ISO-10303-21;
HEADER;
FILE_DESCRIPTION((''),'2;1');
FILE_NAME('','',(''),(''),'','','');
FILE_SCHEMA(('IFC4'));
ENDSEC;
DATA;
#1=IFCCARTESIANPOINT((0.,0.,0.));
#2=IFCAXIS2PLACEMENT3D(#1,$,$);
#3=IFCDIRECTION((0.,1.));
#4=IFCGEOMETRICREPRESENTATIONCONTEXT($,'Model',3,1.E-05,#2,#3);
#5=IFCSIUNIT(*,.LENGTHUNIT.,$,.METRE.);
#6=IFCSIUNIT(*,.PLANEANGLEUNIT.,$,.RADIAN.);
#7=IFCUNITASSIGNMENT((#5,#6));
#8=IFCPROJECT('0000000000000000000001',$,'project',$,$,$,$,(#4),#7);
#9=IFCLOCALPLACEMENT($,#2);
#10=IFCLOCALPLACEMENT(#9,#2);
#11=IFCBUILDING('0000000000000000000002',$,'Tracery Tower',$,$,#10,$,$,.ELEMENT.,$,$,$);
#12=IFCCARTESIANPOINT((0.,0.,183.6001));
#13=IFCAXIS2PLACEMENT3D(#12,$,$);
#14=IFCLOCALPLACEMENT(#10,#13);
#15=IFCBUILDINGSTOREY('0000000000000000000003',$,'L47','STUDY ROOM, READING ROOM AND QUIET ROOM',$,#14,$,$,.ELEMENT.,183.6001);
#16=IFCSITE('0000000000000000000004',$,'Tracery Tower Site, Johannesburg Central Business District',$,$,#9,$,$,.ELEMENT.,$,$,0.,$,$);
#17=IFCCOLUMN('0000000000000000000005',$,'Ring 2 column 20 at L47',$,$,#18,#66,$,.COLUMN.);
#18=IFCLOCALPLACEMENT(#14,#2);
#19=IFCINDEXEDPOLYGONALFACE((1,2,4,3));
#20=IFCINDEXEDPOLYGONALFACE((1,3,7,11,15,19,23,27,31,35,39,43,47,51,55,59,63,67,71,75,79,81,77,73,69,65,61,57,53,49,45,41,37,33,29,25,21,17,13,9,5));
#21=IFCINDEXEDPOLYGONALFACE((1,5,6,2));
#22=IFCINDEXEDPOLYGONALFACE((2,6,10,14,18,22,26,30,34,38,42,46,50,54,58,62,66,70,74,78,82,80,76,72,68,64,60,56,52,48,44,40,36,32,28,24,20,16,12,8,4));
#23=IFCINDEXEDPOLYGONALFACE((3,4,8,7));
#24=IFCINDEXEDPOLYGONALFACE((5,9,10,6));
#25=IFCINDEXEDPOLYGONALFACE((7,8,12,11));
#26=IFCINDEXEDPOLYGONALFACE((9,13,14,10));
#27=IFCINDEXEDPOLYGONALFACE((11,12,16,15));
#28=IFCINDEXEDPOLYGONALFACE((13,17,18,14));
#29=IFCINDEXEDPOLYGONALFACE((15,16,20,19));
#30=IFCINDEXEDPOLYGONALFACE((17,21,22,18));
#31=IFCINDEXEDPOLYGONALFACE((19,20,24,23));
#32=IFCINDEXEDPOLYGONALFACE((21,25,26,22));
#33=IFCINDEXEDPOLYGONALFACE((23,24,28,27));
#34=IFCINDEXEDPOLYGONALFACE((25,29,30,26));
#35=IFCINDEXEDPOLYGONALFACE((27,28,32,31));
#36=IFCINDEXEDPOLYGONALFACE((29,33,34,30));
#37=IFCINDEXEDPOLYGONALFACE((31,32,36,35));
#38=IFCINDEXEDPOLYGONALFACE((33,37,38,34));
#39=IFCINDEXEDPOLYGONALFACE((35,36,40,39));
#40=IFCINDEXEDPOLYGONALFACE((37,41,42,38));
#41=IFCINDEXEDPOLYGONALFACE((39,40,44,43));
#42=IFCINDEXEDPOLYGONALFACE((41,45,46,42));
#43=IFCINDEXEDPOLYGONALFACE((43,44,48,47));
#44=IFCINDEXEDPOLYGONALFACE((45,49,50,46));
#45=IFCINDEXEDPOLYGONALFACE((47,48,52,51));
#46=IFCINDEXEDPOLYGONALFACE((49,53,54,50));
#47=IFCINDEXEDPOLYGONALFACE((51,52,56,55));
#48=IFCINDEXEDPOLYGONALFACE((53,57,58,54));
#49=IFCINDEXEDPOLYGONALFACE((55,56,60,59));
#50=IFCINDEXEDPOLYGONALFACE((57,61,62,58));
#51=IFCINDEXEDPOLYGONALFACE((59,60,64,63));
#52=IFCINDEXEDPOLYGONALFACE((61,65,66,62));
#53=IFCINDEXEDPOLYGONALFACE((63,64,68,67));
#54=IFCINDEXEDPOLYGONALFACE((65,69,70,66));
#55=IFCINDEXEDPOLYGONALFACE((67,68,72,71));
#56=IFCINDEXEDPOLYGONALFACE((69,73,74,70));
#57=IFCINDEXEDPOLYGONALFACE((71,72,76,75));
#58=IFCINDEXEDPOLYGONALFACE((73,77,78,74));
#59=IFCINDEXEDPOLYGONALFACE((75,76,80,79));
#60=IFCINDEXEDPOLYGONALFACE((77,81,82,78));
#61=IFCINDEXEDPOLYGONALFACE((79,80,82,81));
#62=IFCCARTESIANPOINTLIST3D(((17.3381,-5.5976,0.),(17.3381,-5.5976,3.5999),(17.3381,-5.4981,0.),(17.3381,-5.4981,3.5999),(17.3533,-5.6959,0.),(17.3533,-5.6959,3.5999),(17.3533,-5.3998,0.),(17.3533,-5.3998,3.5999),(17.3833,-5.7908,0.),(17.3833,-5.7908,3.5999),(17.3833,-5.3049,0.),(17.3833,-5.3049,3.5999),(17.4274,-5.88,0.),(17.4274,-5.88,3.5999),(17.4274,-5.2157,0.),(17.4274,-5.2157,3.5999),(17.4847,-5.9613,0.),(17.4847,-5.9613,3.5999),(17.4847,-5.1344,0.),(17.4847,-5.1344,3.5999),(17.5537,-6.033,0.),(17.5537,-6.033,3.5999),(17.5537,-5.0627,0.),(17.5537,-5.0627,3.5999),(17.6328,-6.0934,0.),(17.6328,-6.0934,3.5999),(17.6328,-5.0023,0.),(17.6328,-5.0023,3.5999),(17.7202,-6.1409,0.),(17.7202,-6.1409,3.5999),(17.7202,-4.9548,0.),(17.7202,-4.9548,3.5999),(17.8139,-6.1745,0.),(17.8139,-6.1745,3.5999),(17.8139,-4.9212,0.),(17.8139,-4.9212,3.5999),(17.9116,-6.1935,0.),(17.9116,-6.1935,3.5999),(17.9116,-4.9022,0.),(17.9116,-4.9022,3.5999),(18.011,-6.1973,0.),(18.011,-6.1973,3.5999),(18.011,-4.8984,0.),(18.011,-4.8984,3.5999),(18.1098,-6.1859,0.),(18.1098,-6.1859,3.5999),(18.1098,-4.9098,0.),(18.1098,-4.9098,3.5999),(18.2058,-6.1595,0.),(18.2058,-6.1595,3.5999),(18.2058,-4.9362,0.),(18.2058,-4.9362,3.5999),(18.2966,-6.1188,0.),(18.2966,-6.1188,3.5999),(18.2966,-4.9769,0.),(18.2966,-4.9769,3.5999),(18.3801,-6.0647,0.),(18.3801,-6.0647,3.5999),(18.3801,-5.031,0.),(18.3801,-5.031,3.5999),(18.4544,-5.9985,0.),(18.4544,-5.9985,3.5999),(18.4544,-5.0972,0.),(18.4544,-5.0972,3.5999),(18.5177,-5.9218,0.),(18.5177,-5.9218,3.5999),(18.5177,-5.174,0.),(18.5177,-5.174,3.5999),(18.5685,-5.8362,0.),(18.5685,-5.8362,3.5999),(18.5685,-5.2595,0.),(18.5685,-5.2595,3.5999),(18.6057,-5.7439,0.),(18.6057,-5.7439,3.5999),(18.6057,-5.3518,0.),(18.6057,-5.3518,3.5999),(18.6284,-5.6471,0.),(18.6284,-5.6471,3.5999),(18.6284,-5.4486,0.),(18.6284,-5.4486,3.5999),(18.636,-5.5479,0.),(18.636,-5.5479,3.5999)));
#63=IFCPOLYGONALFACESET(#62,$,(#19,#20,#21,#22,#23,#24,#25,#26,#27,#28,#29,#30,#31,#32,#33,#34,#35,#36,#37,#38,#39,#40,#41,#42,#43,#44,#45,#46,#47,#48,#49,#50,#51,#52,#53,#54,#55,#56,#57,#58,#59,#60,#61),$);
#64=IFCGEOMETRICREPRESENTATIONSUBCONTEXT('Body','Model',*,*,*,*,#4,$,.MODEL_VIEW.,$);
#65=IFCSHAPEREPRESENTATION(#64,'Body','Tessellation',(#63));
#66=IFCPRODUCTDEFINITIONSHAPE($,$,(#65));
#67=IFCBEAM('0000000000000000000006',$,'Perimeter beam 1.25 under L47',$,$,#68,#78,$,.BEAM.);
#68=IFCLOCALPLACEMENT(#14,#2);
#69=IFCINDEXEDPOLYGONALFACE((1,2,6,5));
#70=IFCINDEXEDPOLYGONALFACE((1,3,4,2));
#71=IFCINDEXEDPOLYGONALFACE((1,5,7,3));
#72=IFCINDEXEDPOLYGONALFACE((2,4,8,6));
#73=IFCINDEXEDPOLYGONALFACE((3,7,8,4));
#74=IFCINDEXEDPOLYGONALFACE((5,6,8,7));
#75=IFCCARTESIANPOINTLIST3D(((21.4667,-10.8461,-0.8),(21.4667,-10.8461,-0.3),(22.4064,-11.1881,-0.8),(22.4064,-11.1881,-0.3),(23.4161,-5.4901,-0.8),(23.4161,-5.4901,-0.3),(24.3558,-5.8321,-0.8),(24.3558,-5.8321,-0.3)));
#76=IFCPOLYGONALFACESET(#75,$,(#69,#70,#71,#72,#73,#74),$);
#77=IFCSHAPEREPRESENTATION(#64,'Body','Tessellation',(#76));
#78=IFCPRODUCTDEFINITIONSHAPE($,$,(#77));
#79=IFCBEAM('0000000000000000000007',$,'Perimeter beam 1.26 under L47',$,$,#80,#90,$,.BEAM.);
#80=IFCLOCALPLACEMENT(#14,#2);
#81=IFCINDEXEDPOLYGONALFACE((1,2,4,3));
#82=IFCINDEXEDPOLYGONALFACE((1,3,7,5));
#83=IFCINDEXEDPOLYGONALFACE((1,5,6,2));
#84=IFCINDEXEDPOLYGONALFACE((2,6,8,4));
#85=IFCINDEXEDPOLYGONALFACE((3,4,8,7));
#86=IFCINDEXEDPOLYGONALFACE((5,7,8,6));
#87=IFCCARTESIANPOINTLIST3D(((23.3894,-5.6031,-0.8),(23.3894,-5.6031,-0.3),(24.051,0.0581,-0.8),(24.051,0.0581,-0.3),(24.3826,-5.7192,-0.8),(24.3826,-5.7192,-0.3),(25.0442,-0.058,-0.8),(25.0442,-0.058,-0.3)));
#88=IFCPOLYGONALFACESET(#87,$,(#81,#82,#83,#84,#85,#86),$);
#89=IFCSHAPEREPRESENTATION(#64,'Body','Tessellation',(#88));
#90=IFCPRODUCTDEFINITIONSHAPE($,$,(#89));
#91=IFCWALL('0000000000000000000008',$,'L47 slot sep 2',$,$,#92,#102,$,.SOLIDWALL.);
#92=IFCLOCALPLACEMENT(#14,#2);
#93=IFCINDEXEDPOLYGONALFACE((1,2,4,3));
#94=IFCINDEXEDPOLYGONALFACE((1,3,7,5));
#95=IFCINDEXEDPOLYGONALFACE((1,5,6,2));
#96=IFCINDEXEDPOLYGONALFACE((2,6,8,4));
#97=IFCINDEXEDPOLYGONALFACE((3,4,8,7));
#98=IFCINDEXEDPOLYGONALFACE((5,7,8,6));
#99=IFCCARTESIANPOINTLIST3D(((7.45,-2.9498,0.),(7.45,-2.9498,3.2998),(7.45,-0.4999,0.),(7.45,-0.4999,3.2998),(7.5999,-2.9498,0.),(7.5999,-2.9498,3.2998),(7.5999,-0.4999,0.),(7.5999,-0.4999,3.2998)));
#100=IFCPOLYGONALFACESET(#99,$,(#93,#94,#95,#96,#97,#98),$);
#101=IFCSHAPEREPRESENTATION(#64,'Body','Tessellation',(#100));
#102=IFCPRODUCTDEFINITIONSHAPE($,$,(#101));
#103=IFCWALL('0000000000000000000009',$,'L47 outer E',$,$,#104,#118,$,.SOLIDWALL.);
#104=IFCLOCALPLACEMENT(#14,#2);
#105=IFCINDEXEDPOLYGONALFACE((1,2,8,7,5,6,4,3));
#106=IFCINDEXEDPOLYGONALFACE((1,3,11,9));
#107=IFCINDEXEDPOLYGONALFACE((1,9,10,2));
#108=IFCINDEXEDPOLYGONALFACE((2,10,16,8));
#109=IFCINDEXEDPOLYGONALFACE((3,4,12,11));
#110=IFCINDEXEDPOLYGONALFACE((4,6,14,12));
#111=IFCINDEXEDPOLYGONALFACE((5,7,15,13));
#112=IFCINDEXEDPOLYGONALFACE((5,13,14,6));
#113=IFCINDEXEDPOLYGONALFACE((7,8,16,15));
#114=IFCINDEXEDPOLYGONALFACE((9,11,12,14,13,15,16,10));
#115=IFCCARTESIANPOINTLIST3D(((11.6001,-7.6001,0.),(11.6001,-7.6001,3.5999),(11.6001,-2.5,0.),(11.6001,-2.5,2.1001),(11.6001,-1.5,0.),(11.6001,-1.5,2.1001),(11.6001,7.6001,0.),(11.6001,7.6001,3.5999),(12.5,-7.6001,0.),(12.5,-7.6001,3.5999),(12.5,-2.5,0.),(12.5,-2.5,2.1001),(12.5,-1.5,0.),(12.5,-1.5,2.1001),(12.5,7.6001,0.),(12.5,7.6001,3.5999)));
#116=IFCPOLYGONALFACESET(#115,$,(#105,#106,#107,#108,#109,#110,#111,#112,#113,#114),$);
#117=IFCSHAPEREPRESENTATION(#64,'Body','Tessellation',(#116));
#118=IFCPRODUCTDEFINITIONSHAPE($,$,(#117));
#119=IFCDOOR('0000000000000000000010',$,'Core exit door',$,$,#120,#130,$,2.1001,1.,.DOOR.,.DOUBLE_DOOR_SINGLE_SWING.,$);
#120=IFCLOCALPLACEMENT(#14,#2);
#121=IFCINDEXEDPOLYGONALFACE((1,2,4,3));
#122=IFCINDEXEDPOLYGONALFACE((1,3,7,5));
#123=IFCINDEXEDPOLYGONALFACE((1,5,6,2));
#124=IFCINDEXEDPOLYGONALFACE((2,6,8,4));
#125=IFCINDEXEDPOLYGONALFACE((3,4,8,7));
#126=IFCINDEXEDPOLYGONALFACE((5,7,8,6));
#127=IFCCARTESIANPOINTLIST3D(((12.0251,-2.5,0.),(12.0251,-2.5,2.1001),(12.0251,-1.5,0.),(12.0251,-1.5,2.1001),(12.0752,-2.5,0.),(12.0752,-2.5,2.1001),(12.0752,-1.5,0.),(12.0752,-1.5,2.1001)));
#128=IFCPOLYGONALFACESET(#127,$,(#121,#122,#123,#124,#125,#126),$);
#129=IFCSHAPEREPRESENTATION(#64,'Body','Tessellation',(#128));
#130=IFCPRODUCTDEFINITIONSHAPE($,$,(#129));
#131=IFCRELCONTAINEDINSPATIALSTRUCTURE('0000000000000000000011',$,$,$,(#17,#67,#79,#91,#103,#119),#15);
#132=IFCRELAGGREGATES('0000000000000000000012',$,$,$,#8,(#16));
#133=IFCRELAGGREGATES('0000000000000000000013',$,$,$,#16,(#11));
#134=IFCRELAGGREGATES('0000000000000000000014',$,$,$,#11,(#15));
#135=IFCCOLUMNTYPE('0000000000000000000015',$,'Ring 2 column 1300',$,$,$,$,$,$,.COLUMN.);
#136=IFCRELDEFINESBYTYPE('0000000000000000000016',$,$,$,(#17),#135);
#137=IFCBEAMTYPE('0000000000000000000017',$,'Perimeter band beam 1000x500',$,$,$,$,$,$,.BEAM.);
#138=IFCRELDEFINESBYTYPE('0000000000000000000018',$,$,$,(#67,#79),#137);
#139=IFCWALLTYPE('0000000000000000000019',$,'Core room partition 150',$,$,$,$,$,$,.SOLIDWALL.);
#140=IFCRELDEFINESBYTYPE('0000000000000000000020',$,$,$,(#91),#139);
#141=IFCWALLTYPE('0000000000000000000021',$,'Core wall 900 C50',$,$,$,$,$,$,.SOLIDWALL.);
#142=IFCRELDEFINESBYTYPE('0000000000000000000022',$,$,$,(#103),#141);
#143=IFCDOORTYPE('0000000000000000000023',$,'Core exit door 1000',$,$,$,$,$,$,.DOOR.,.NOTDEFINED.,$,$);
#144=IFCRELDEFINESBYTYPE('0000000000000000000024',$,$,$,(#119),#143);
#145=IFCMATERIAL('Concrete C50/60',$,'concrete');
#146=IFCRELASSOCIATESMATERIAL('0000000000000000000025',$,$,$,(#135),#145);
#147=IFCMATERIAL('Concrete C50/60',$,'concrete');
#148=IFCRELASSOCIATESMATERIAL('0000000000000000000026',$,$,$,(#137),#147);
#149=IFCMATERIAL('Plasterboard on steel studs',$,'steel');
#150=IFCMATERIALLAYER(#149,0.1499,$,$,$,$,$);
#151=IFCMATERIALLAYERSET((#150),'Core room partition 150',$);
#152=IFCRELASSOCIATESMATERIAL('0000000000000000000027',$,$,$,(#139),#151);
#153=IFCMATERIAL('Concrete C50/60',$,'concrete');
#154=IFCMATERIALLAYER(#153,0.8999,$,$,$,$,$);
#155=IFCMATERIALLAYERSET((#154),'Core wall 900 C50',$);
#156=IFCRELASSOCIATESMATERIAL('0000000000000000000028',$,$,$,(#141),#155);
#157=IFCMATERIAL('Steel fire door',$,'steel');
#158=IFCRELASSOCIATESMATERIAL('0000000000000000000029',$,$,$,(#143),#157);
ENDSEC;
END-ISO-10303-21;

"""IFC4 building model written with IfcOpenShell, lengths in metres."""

from ifc_helpers import new_model, si_unit, direction, frame, frame_2d, origin, origin_2d, place, context, subcontext, project, spatial, rectangle, circle, extrude, material, layer, layer_set, material_profile, profile_set, type_object, element, fill, save


model = new_model("IFC4")

# Units and contexts
model_context = context("Model", 3, precision=1e-05, world=origin(), true_north=direction((0.0, 1.0)))
body_context = subcontext(model_context, "Body", "Model", "MODEL_VIEW")
ifc_project = project(units=[si_unit("LENGTHUNIT", "METRE"), si_unit("PLANEANGLEUNIT", "RADIAN")], contexts=[model_context])

# Site, building, storey
site_placement = place(None, origin())
site = spatial("IfcSite", under=ifc_project, at=site_placement, Name="Tracery Tower Site, Johannesburg Central Business District", CompositionType="ELEMENT", RefElevation=0.0)
building_placement = place(site_placement, origin())
building = spatial("IfcBuilding", under=site, at=building_placement, Name="Tracery Tower", CompositionType="ELEMENT")
storey_placement = place(building_placement, frame((0.0, 0.0, 183.6001)))
storey = spatial("IfcBuildingStorey", under=building, at=storey_placement, Name="L47", Description="STUDY ROOM, READING ROOM AND QUIET ROOM", CompositionType="ELEMENT", Elevation=183.6001)

# Column
ifc_material_1 = material(Name="Concrete C50/60", Category="concrete")
ifc_material_profile_1 = material_profile(ifc_material_1, circle(Radius=0.6499, at=origin_2d()), Name="RC D1300")
ifc_profile_set_1 = profile_set([ifc_material_profile_1], Name="Concrete C50/60")
column_type_1 = type_object("IfcColumnType", Name="Ring 2 column 1300", PredefinedType="COLUMN", material=ifc_profile_set_1)
for number, where, z_axis, x_axis, name in (
    (1, (17.9861, -5.5479, 0.0), (0.0, 0.0, 1.0), (1.0, 0.0, 0.0), "Ring 2 column 20 at L47"),
):
    element("IfcColumn", number, at=place(storey_placement, frame(where, z_axis=z_axis, x_axis=x_axis)), inside=storey, type_object=column_type_1, Name=name, PredefinedType="COLUMN", context=body_context, shape_type="SweptSolid", body=[
        extrude(circle(Radius=0.6499, at=origin_2d()), origin(), (0.0, 0.0, 1.0), 3.5999),
    ])

# Beams
ifc_material_2 = material(Name="Concrete C50/60", Category="concrete")
ifc_material_profile_2 = material_profile(ifc_material_2, rectangle(XDim=1.0, YDim=0.5, at=origin_2d()), Name="RC 1000x500")
ifc_profile_set_2 = profile_set([ifc_material_profile_2], Name="Concrete C50/60")
beam_type = type_object("IfcBeamType", Name="Perimeter band beam 1000x500", PredefinedType="BEAM", material=ifc_profile_set_2)
for number, where, z_axis, x_axis, name in (
    (2, (21.9365, -11.0171, -0.55), (0.342029, 0.93969, 0.0), (-0.93969, 0.342029, 0.0), "Perimeter beam 1.25 under L47"),
    (3, (23.886, -5.6611, -0.55), (0.116081, 0.99324, 0.0), (-0.99324, 0.116081, 0.0), "Perimeter beam 1.26 under L47"),
):
    element("IfcBeam", number, at=place(storey_placement, frame(where, z_axis=z_axis, x_axis=x_axis)), inside=storey, type_object=beam_type, Name=name, PredefinedType="BEAM", context=body_context, shape_type="SweptSolid", body=[
        extrude(rectangle(XDim=1.0, YDim=0.5, at=origin_2d()), origin(), (0.0, 0.0, 1.0), 5.6997),
    ])

# Wall
ifc_material_3 = material(Name="Plasterboard on steel studs", Category="steel")
ifc_layer_1 = layer(ifc_material_3, 0.1499)
ifc_layer_set_1 = layer_set([ifc_layer_1], Name="Core room partition 150")
wall_type_1 = type_object("IfcWallType", Name="Core room partition 150", PredefinedType="SOLIDWALL", material=ifc_layer_set_1)
wall_1_placement = place(storey_placement, frame((7.5249, -2.95, 0.0), z_axis=(0.0, 0.0, 1.0), x_axis=(0.0, 1.0, 0.0)))
element("IfcWall", 4, at=wall_1_placement, inside=storey, type_object=wall_type_1, Name="L47 slot sep 2", PredefinedType="SOLIDWALL", context=body_context, shape_type="SweptSolid", body=[
    extrude(rectangle(XDim=2.45, YDim=0.1499, at=frame_2d((1.2251, 0.0))), origin(), (0.0, 0.0, 1.0), 3.2998),
])

# Wall, opening, door
ifc_material_4 = material(Name="Concrete C50/60", Category="concrete")
ifc_layer_2 = layer(ifc_material_4, 0.8999)
ifc_layer_set_2 = layer_set([ifc_layer_2], Name="Core wall 900 C50")
wall_type_2 = type_object("IfcWallType", Name="Core wall 900 C50", PredefinedType="SOLIDWALL", material=ifc_layer_set_2)
wall_2_placement = place(storey_placement, frame((12.05, -7.6001, 0.0), z_axis=(0.0, 0.0, 1.0), x_axis=(0.0, 1.0, 0.0)))
wall_2 = element("IfcWall", 5, at=wall_2_placement, inside=storey, type_object=wall_type_2, Name="L47 outer E", PredefinedType="SOLIDWALL", context=body_context, shape_type="SweptSolid", body=[
    extrude(rectangle(XDim=15.2002, YDim=0.8999, at=frame_2d((7.6001, 0.0))), origin(), (0.0, 0.0, 1.0), 3.5999),
])
opening_1_placement = place(wall_2_placement, frame((5.1001, 0.0, 0.0)))
opening_1 = element("IfcOpeningElement", 6, at=opening_1_placement, cuts=wall_2, PredefinedType="OPENING", context=body_context, shape_type="SweptSolid", body=[
    extrude(rectangle(XDim=1.0, YDim=2.1001, at=frame_2d((0.5, 1.05))), frame((0.0, 0.45, 0.0), z_axis=(0.0, -1.0, 0.0), x_axis=(1.0, 0.0, 0.0)), (0.0, 0.0, 1.0), 0.8999),
])
ifc_material_5 = material(Name="Steel fire door", Category="steel")
door_type_1 = type_object("IfcDoorType", Name="Core exit door 1000", OperationType="NOTDEFINED", PredefinedType="DOOR", material=ifc_material_5)
door_1_placement = place(opening_1_placement, origin())
door_1 = element("IfcDoor", 7, at=door_1_placement, inside=storey, type_object=door_type_1, Name="Core exit door", OperationType="DOUBLE_DOOR_SINGLE_SWING", OverallHeight=2.1001, OverallWidth=1.0, PredefinedType="DOOR", context=body_context, shape_type="SweptSolid", body=[
    extrude(rectangle(XDim=1.0, YDim=2.1001, at=frame_2d((0.5, 1.05))), frame((0.0, 0.0249, 0.0), z_axis=(0.0, -1.0, 0.0), x_axis=(1.0, 0.0, 0.0)), (0.0, 0.0, 1.0), 0.05),
])
fill(opening_1, door_1)

save(model, "model.ifc")
